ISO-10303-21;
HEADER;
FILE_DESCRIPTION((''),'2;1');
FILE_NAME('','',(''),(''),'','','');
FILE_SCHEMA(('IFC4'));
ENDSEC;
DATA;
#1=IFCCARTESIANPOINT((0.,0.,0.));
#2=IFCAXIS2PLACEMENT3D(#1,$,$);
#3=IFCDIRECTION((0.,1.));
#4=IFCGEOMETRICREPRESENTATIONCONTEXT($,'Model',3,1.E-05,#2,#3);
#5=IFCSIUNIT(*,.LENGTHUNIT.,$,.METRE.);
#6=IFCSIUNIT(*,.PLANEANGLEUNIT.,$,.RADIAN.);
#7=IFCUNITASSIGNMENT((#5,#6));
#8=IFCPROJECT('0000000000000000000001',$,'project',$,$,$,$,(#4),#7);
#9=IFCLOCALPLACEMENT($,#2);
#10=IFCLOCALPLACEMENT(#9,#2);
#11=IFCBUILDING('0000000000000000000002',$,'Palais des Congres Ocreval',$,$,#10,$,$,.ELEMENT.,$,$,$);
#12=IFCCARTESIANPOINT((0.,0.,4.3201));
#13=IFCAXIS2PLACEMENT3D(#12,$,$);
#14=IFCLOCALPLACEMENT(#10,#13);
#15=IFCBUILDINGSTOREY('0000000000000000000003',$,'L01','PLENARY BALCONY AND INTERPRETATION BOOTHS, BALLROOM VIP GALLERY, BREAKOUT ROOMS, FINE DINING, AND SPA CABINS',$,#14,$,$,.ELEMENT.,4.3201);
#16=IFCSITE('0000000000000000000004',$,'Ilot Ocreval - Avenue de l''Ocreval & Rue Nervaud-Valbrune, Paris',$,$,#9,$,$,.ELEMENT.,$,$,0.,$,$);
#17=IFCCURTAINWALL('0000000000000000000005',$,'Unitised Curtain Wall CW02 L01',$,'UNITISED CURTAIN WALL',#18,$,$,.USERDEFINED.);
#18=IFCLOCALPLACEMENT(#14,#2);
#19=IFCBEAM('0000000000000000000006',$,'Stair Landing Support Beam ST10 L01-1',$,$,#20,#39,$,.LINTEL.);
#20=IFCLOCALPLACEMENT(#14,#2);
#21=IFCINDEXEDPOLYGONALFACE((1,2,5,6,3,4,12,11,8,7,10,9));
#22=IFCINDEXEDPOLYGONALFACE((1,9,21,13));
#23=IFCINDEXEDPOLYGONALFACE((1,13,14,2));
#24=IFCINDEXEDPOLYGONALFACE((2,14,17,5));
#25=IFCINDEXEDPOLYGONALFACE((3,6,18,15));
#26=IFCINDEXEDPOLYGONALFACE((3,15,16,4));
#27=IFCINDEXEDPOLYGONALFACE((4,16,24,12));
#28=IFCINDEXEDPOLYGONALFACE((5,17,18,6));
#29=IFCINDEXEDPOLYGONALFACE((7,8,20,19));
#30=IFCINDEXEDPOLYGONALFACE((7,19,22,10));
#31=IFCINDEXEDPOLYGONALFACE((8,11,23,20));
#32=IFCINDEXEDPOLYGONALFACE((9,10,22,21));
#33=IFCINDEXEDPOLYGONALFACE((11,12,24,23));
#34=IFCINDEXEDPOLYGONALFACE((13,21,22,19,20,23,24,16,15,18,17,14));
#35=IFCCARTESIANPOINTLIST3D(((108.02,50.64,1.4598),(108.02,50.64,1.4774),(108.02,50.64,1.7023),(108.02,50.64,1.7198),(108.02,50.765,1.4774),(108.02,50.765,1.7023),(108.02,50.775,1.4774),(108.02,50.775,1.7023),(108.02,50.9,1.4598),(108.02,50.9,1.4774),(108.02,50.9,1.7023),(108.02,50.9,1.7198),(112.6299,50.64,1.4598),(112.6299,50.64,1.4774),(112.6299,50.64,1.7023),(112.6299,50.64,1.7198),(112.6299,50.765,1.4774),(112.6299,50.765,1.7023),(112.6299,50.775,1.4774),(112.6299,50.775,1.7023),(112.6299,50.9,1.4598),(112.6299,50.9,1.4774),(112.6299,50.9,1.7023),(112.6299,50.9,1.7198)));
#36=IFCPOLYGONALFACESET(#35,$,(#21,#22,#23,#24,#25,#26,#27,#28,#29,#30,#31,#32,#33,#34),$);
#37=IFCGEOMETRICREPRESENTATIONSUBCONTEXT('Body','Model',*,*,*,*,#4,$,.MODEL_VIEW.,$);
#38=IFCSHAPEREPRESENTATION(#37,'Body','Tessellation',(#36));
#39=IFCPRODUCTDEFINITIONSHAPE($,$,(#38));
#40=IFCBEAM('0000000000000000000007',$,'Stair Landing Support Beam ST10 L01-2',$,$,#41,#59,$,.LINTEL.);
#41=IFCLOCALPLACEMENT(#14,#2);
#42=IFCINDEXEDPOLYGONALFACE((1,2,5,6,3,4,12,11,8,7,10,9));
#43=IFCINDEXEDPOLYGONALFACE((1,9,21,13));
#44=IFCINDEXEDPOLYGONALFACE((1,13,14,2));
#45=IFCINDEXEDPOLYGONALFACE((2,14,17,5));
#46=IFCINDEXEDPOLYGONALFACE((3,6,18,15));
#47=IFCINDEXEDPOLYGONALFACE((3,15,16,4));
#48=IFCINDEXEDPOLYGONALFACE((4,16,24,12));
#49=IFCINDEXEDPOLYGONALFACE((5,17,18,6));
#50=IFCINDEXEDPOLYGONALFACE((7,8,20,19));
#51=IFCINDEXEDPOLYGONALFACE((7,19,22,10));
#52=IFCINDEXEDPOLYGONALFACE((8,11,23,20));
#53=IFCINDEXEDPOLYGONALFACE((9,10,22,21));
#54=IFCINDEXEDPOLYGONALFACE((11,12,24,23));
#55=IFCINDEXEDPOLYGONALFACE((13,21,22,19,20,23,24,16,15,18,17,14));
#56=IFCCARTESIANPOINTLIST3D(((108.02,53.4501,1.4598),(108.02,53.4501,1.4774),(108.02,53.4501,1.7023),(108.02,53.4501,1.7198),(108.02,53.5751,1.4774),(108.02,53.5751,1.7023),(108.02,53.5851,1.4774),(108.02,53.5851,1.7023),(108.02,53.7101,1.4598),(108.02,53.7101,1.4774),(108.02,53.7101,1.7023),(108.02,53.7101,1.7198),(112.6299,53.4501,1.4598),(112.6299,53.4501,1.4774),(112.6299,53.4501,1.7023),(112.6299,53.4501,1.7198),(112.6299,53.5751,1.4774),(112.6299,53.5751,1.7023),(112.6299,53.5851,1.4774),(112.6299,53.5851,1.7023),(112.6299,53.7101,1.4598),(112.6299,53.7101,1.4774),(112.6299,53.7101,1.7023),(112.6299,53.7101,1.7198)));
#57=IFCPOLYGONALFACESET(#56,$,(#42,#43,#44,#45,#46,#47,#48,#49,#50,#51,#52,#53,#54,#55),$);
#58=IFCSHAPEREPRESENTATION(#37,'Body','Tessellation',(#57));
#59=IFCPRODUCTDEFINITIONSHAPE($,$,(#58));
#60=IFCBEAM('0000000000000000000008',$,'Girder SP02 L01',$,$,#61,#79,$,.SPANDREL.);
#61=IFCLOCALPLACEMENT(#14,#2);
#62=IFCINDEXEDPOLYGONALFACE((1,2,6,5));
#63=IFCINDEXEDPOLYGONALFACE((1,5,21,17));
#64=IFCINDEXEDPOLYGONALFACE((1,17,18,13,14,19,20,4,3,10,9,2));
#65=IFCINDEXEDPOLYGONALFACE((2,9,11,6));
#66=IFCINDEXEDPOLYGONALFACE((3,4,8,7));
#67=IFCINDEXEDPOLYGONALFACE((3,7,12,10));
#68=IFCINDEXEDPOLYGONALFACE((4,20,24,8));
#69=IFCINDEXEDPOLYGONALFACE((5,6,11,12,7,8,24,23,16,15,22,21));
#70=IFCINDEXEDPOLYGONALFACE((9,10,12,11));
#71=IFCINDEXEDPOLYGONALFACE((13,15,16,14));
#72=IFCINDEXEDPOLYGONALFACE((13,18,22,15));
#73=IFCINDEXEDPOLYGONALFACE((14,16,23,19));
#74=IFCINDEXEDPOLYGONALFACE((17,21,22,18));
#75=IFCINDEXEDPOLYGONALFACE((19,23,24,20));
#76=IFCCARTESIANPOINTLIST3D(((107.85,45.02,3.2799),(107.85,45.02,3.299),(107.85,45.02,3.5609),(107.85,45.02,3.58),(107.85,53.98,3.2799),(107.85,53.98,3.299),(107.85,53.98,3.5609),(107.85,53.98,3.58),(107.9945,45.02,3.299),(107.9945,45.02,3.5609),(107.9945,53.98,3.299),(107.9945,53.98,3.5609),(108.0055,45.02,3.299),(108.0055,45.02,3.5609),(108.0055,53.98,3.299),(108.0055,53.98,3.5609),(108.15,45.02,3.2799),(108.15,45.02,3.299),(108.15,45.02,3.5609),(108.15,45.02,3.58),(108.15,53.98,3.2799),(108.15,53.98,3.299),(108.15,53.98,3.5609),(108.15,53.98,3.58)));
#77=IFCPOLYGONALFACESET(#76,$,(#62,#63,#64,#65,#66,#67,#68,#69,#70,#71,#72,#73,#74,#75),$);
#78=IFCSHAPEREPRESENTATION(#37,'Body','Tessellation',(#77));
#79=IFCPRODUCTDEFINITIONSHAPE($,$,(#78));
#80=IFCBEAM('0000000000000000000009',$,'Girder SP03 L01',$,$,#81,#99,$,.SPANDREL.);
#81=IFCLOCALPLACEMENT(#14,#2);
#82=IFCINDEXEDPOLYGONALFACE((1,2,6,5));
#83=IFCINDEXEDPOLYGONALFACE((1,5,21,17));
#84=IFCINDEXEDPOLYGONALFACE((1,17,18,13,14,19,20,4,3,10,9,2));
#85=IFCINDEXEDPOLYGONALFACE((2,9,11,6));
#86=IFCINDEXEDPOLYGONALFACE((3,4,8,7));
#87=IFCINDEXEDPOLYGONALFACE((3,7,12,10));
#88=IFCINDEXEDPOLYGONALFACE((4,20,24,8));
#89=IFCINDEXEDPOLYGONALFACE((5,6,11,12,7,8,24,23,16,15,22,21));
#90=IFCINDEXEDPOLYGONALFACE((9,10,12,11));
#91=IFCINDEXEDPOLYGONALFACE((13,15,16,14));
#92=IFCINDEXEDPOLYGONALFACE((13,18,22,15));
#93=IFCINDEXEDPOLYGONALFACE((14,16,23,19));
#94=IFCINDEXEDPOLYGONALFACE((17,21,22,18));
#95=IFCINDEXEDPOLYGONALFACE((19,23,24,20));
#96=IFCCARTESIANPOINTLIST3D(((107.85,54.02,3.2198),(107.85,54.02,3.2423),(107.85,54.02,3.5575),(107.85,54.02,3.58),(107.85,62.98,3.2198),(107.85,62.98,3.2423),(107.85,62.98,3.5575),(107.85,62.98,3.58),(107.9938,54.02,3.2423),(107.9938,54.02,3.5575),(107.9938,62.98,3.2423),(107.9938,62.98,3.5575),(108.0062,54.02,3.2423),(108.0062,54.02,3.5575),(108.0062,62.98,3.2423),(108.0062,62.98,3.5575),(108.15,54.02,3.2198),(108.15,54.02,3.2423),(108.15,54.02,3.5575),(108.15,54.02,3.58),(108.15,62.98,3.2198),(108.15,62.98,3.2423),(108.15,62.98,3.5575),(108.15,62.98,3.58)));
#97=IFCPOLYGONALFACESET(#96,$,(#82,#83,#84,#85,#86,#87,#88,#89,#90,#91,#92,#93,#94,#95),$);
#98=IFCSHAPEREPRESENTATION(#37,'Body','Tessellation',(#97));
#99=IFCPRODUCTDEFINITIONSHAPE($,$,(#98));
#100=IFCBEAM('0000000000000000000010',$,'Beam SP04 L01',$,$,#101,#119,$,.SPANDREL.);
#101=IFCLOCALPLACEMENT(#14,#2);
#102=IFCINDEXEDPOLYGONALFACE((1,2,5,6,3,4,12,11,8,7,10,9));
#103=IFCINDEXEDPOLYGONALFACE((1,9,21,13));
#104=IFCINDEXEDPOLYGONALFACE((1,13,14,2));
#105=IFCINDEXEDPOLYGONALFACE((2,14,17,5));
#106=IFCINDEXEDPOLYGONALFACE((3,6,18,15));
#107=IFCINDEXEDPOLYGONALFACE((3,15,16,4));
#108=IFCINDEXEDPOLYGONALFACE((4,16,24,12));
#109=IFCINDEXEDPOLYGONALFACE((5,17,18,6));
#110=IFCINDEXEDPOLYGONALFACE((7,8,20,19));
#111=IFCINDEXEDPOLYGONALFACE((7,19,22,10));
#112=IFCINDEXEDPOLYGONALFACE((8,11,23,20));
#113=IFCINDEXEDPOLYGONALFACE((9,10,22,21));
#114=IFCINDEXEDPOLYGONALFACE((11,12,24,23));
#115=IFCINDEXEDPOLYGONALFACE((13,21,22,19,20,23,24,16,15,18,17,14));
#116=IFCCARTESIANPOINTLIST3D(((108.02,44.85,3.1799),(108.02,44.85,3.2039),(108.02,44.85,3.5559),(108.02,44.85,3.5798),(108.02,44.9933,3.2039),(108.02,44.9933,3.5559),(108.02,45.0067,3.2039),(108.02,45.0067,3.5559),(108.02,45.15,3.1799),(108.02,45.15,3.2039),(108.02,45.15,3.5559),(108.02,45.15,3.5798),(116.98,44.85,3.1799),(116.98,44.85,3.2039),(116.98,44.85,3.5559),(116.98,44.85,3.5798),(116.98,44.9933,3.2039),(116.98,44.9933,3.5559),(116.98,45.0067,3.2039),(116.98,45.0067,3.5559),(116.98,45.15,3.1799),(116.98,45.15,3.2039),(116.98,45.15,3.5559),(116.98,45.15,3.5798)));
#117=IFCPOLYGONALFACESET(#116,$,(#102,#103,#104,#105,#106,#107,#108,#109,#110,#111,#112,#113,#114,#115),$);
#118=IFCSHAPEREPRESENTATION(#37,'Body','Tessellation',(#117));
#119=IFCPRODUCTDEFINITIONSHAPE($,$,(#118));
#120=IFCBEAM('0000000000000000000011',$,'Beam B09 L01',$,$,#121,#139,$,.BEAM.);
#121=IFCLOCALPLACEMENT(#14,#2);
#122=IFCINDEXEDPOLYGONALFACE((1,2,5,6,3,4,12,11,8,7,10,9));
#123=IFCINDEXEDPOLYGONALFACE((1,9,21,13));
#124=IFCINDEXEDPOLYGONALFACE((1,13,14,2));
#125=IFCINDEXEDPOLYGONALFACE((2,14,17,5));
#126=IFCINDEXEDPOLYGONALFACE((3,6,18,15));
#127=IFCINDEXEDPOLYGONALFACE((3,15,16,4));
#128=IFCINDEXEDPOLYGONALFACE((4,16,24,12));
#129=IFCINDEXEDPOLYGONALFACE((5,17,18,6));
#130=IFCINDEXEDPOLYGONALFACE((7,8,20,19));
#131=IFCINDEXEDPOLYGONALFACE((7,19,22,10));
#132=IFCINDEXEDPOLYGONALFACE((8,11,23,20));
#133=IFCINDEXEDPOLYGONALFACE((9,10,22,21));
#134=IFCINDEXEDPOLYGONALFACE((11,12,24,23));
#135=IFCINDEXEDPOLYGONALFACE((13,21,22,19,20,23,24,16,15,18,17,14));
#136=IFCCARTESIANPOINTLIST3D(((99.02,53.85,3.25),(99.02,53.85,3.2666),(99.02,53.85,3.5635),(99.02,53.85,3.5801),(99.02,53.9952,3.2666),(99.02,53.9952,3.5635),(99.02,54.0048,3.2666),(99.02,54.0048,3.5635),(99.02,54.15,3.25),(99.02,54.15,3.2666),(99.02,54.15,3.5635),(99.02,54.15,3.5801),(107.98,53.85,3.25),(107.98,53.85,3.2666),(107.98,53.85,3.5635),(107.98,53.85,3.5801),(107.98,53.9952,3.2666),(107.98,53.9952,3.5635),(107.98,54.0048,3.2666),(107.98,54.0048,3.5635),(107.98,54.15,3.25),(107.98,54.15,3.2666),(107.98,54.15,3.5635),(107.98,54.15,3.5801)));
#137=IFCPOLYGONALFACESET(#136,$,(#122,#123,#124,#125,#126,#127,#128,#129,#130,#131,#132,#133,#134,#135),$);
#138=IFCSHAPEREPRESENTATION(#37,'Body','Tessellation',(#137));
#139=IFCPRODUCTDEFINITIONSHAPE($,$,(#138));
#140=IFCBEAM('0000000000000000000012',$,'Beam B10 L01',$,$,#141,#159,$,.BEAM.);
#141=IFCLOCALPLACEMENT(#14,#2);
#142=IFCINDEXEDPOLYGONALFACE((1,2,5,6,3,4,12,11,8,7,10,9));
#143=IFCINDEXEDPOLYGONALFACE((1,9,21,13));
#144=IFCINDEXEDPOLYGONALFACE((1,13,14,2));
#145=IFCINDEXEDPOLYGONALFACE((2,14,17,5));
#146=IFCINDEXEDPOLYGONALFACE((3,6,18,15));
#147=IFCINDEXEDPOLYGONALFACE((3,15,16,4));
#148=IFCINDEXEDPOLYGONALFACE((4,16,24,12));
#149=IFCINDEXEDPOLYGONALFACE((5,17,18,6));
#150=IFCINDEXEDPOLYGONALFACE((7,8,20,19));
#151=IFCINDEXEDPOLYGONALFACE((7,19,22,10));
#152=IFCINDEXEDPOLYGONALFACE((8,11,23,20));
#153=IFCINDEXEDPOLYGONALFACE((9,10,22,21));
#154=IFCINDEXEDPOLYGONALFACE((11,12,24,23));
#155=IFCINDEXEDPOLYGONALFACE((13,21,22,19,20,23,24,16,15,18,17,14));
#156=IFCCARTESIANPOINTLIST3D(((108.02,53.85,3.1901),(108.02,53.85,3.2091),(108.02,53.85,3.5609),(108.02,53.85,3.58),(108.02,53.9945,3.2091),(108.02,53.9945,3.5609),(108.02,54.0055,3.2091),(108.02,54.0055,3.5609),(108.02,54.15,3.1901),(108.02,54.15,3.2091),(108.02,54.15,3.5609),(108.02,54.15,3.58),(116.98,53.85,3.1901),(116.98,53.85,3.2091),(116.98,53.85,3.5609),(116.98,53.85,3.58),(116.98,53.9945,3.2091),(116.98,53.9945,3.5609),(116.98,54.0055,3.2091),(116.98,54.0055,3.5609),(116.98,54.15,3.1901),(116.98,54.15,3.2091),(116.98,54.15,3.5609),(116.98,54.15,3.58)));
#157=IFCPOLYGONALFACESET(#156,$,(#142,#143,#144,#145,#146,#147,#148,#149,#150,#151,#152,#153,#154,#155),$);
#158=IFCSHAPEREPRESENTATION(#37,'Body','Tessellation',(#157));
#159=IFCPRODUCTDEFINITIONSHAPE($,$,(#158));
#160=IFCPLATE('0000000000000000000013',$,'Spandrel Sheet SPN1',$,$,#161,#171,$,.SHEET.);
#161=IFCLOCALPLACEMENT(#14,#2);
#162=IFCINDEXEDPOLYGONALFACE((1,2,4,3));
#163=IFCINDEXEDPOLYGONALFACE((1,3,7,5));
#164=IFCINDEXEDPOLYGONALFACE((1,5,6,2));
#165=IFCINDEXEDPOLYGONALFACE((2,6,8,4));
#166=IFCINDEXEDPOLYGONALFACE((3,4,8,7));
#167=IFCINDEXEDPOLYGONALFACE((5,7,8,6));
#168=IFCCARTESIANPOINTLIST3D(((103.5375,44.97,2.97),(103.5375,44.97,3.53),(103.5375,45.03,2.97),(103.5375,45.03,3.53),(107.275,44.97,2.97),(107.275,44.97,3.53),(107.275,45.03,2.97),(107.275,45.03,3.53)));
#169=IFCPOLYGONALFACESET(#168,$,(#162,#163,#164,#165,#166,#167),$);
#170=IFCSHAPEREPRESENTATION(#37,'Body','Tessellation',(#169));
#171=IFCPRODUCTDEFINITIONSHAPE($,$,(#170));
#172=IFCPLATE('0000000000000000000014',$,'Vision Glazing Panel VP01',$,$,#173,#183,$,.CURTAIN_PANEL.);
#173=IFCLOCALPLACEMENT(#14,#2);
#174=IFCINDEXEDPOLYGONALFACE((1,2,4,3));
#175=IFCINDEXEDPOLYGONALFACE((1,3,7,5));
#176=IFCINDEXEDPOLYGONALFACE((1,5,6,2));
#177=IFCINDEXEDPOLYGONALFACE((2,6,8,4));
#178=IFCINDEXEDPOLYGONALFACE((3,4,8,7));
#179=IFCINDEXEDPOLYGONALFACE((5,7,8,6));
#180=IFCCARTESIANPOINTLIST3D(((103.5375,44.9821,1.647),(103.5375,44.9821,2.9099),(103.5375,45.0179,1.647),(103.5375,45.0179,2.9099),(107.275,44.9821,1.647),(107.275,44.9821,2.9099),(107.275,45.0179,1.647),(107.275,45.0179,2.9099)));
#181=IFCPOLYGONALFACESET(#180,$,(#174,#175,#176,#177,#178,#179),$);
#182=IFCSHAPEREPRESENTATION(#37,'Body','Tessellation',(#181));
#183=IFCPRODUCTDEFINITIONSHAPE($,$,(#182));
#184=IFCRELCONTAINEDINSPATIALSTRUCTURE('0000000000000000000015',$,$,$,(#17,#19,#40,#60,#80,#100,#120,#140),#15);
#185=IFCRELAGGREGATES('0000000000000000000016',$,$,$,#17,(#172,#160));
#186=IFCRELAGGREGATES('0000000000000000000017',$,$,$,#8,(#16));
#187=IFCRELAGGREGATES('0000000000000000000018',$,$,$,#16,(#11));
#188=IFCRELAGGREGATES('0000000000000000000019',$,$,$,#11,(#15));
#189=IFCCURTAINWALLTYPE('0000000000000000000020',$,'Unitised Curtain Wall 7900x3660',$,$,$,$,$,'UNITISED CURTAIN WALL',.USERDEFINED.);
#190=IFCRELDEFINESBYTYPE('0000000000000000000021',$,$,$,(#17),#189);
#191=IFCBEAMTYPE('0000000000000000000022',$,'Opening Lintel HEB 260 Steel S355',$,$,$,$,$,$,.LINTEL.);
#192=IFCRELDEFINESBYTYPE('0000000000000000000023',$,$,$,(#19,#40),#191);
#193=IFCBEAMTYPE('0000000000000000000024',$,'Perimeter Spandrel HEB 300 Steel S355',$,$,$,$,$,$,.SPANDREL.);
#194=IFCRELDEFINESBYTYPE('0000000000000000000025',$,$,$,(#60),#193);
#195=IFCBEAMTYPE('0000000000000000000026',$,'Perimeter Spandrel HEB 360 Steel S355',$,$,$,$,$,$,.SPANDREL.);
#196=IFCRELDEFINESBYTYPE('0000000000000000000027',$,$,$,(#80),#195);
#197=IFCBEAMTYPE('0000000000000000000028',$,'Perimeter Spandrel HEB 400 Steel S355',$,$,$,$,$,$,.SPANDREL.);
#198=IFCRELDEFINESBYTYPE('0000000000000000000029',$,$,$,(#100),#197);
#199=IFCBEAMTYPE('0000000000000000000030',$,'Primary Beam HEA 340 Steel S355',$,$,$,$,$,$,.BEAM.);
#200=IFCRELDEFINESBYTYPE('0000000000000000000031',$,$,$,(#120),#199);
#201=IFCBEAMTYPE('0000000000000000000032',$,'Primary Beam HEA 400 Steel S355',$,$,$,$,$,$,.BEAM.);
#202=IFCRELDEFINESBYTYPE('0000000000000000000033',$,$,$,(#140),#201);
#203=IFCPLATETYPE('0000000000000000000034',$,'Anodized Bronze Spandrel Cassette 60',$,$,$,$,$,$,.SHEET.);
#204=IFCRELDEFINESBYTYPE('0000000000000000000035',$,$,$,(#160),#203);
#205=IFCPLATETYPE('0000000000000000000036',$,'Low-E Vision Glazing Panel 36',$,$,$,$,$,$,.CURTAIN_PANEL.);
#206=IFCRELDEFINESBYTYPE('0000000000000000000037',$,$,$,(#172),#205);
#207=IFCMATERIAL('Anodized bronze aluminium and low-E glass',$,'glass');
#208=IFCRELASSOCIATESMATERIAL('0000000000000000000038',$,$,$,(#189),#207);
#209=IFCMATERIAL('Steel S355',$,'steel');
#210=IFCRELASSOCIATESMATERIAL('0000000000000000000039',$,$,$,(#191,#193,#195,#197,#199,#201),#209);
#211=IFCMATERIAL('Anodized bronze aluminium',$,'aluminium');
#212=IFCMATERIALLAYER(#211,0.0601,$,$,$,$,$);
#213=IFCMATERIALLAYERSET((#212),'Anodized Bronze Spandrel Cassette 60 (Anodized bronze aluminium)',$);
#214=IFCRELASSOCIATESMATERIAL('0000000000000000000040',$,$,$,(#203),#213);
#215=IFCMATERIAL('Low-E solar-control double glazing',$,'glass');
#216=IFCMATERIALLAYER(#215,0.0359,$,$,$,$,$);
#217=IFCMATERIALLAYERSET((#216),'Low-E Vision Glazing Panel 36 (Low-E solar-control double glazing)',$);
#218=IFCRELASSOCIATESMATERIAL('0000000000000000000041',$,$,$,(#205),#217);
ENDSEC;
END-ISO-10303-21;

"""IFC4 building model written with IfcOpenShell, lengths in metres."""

from ifc_helpers import new_model, si_unit, direction, frame, origin, origin_2d, place, context, subcontext, project, spatial, rectangle, i_section, extrude, material, layer, layer_set, material_profile, profile_set, type_object, element, aggregate, save


model = new_model("IFC4")

# Units and contexts
model_context = context("Model", 3, precision=1e-05, world=origin(), true_north=direction((0.0, 1.0)))
body_context = subcontext(model_context, "Body", "Model", "MODEL_VIEW")
ifc_project = project(units=[si_unit("LENGTHUNIT", "METRE"), si_unit("PLANEANGLEUNIT", "RADIAN")], contexts=[model_context])

# Site, building, storey
site_placement = place(None, origin())
site = spatial("IfcSite", under=ifc_project, at=site_placement, Name="Ilot Ocreval - Avenue de l'Ocreval & Rue Nervaud-Valbrune, Paris", CompositionType="ELEMENT", RefElevation=0.0)
building_placement = place(site_placement, origin())
building = spatial("IfcBuilding", under=site, at=building_placement, Name="Palais des Congres Ocreval", CompositionType="ELEMENT")
storey_placement = place(building_placement, frame((0.0, 0.0, 4.3201)))
storey = spatial("IfcBuildingStorey", under=building, at=storey_placement, Name="L01", Description="PLENARY BALCONY AND INTERPRETATION BOOTHS, BALLROOM VIP GALLERY, BREAKOUT ROOMS, FINE DINING, AND SPA CABINS", CompositionType="ELEMENT", Elevation=4.3201)

# Shared definitions
ifc_material_1 = material(Name="Steel S355", Category="steel")

# Curtain wall
ifc_material_2 = material(Name="Anodized bronze aluminium and low-E glass", Category="glass")
curtain_wall_type = type_object("IfcCurtainWallType", Name="Unitised Curtain Wall 7900x3660", ElementType="UNITISED CURTAIN WALL", PredefinedType="USERDEFINED", material=ifc_material_2)
curtain_wall_1_placement = place(storey_placement, origin())
curtain_wall_1 = element("IfcCurtainWall", 1, at=curtain_wall_1_placement, inside=storey, type_object=curtain_wall_type, Name="Unitised Curtain Wall CW02 L01", ObjectType="UNITISED CURTAIN WALL", PredefinedType="USERDEFINED")
ifc_material_3 = material(Name="Anodized bronze aluminium", Category="aluminium")

# Beams
ifc_material_profile_1 = material_profile(ifc_material_1, i_section(OverallWidth=0.26, OverallDepth=0.26, WebThickness=0.01, FlangeThickness=0.0176, at=origin_2d()), Name="HEB 260")
ifc_profile_set_1 = profile_set([ifc_material_profile_1], Name="Steel S355")
beam_type_1 = type_object("IfcBeamType", Name="Opening Lintel HEB 260 Steel S355", PredefinedType="LINTEL", material=ifc_profile_set_1)
for number, where, z_axis, x_axis, name in (
    (2, (108.02, 50.77, 1.5898), (1.0, 0.0, 0.0), (0.0, 1.0, 0.0), "Stair Landing Support Beam ST10 L01-1"),
    (3, (108.02, 53.5801, 1.5898), (1.0, 0.0, 0.0), (0.0, 1.0, 0.0), "Stair Landing Support Beam ST10 L01-2"),
):
    element("IfcBeam", number, at=place(storey_placement, frame(where, z_axis=z_axis, x_axis=x_axis)), inside=storey, type_object=beam_type_1, Name=name, PredefinedType="LINTEL", context=body_context, shape_type="SweptSolid", body=[
        extrude(i_section(OverallWidth=0.26, OverallDepth=0.26, WebThickness=0.01, FlangeThickness=0.0176, at=origin_2d()), origin(), (0.0, 0.0, 1.0), 4.6099),
    ])
ifc_material_profile_2 = material_profile(ifc_material_1, i_section(OverallWidth=0.3, OverallDepth=0.3, WebThickness=0.011, FlangeThickness=0.019, at=origin_2d()), Name="HEB 300")
ifc_profile_set_2 = profile_set([ifc_material_profile_2], Name="Steel S355")
beam_type_2 = type_object("IfcBeamType", Name="Perimeter Spandrel HEB 300 Steel S355", PredefinedType="SPANDREL", material=ifc_profile_set_2)
beam_1_placement = place(storey_placement, frame((108.0, 45.02, 3.4299), z_axis=(0.0, 1.0, 0.0), x_axis=(-1.0, 0.0, 0.0)))
element("IfcBeam", 4, at=beam_1_placement, inside=storey, type_object=beam_type_2, Name="Girder SP02 L01", PredefinedType="SPANDREL", context=body_context, shape_type="SweptSolid", body=[
    extrude(i_section(OverallWidth=0.3, OverallDepth=0.3, WebThickness=0.011, FlangeThickness=0.019, at=origin_2d()), origin(), (0.0, 0.0, 1.0), 8.96),
])
ifc_material_profile_3 = material_profile(ifc_material_1, i_section(OverallWidth=0.3, OverallDepth=0.3601, WebThickness=0.0125, FlangeThickness=0.0225, at=origin_2d()), Name="HEB 360")
ifc_profile_set_3 = profile_set([ifc_material_profile_3], Name="Steel S355")
beam_type_3 = type_object("IfcBeamType", Name="Perimeter Spandrel HEB 360 Steel S355", PredefinedType="SPANDREL", material=ifc_profile_set_3)
beam_2_placement = place(storey_placement, frame((108.0, 54.02, 3.3999), z_axis=(0.0, 1.0, 0.0), x_axis=(-1.0, 0.0, 0.0)))
element("IfcBeam", 5, at=beam_2_placement, inside=storey, type_object=beam_type_3, Name="Girder SP03 L01", PredefinedType="SPANDREL", context=body_context, shape_type="SweptSolid", body=[
    extrude(i_section(OverallWidth=0.3, OverallDepth=0.3601, WebThickness=0.0125, FlangeThickness=0.0225, at=origin_2d()), origin(), (0.0, 0.0, 1.0), 8.96),
])
ifc_material_profile_4 = material_profile(ifc_material_1, i_section(OverallWidth=0.3, OverallDepth=0.3999, WebThickness=0.0134, FlangeThickness=0.0239, at=origin_2d()), Name="HEB 400")
ifc_profile_set_4 = profile_set([ifc_material_profile_4], Name="Steel S355")
beam_type_4 = type_object("IfcBeamType", Name="Perimeter Spandrel HEB 400 Steel S355", PredefinedType="SPANDREL", material=ifc_profile_set_4)
beam_3_placement = place(storey_placement, frame((108.02, 45.0, 3.3799), z_axis=(1.0, 0.0, 0.0), x_axis=(0.0, 1.0, 0.0)))
element("IfcBeam", 6, at=beam_3_placement, inside=storey, type_object=beam_type_4, Name="Beam SP04 L01", PredefinedType="SPANDREL", context=body_context, shape_type="SweptSolid", body=[
    extrude(i_section(OverallWidth=0.3, OverallDepth=0.3999, WebThickness=0.0134, FlangeThickness=0.0239, at=origin_2d()), origin(), (0.0, 0.0, 1.0), 8.96),
])
ifc_material_profile_5 = material_profile(ifc_material_1, i_section(OverallWidth=0.3, OverallDepth=0.3301, WebThickness=0.0095, FlangeThickness=0.0166, at=origin_2d()), Name="HEA 340")
ifc_profile_set_5 = profile_set([ifc_material_profile_5], Name="Steel S355")
beam_type_5 = type_object("IfcBeamType", Name="Primary Beam HEA 340 Steel S355", PredefinedType="BEAM", material=ifc_profile_set_5)
beam_4_placement = place(storey_placement, frame((99.02, 54.0, 3.415), z_axis=(1.0, 0.0, 0.0), x_axis=(0.0, 1.0, 0.0)))
element("IfcBeam", 7, at=beam_4_placement, inside=storey, type_object=beam_type_5, Name="Beam B09 L01", PredefinedType="BEAM", context=body_context, shape_type="SweptSolid", body=[
    extrude(i_section(OverallWidth=0.3, OverallDepth=0.3301, WebThickness=0.0095, FlangeThickness=0.0166, at=origin_2d()), origin(), (0.0, 0.0, 1.0), 8.96),
])
ifc_material_profile_6 = material_profile(ifc_material_1, i_section(OverallWidth=0.3, OverallDepth=0.3899, WebThickness=0.011, FlangeThickness=0.019, at=origin_2d()), Name="HEA 400")
ifc_profile_set_6 = profile_set([ifc_material_profile_6], Name="Steel S355")
beam_type_6 = type_object("IfcBeamType", Name="Primary Beam HEA 400 Steel S355", PredefinedType="BEAM", material=ifc_profile_set_6)
beam_5_placement = place(storey_placement, frame((108.02, 54.0, 3.385), z_axis=(1.0, 0.0, 0.0), x_axis=(0.0, 1.0, 0.0)))
element("IfcBeam", 8, at=beam_5_placement, inside=storey, type_object=beam_type_6, Name="Beam B10 L01", PredefinedType="BEAM", context=body_context, shape_type="SweptSolid", body=[
    extrude(i_section(OverallWidth=0.3, OverallDepth=0.3899, WebThickness=0.011, FlangeThickness=0.019, at=origin_2d()), origin(), (0.0, 0.0, 1.0), 8.96),
])

# Plates
ifc_layer_1 = layer(ifc_material_3, 0.0601)
ifc_layer_set_1 = layer_set([ifc_layer_1], Name="Anodized Bronze Spandrel Cassette 60 (Anodized bronze aluminium)")
plate_type_1 = type_object("IfcPlateType", Name="Anodized Bronze Spandrel Cassette 60", PredefinedType="SHEET", material=ifc_layer_set_1)
plate_1_placement = place(storey_placement, frame((105.4062, 45.0, 2.97), z_axis=(0.0, 0.0, 1.0), x_axis=(-1.0, 0.0, 0.0)))
plate_1 = element("IfcPlate", 9, at=plate_1_placement, type_object=plate_type_1, Name="Spandrel Sheet SPN1", PredefinedType="SHEET", context=body_context, shape_type="SweptSolid", body=[
    extrude(rectangle(XDim=3.7375, YDim=0.0601, at=origin_2d()), origin(), (0.0, 0.0, 1.0), 0.5601),
])
ifc_material_4 = material(Name="Low-E solar-control double glazing", Category="glass")
ifc_layer_2 = layer(ifc_material_4, 0.0359)
ifc_layer_set_2 = layer_set([ifc_layer_2], Name="Low-E Vision Glazing Panel 36 (Low-E solar-control double glazing)")
plate_type_2 = type_object("IfcPlateType", Name="Low-E Vision Glazing Panel 36", PredefinedType="CURTAIN_PANEL", material=ifc_layer_set_2)
plate_2_placement = place(storey_placement, frame((105.4062, 45.0, 1.647), z_axis=(0.0, 0.0, 1.0), x_axis=(-1.0, 0.0, 0.0)))
plate_2 = element("IfcPlate", 10, at=plate_2_placement, type_object=plate_type_2, Name="Vision Glazing Panel VP01", PredefinedType="CURTAIN_PANEL", context=body_context, shape_type="SweptSolid", body=[
    extrude(rectangle(XDim=3.7375, YDim=0.0359, at=origin_2d()), origin(), (0.0, 0.0, 1.0), 1.2629),
])
aggregate(curtain_wall_1, [plate_2, plate_1])

save(model, "model.ifc")
